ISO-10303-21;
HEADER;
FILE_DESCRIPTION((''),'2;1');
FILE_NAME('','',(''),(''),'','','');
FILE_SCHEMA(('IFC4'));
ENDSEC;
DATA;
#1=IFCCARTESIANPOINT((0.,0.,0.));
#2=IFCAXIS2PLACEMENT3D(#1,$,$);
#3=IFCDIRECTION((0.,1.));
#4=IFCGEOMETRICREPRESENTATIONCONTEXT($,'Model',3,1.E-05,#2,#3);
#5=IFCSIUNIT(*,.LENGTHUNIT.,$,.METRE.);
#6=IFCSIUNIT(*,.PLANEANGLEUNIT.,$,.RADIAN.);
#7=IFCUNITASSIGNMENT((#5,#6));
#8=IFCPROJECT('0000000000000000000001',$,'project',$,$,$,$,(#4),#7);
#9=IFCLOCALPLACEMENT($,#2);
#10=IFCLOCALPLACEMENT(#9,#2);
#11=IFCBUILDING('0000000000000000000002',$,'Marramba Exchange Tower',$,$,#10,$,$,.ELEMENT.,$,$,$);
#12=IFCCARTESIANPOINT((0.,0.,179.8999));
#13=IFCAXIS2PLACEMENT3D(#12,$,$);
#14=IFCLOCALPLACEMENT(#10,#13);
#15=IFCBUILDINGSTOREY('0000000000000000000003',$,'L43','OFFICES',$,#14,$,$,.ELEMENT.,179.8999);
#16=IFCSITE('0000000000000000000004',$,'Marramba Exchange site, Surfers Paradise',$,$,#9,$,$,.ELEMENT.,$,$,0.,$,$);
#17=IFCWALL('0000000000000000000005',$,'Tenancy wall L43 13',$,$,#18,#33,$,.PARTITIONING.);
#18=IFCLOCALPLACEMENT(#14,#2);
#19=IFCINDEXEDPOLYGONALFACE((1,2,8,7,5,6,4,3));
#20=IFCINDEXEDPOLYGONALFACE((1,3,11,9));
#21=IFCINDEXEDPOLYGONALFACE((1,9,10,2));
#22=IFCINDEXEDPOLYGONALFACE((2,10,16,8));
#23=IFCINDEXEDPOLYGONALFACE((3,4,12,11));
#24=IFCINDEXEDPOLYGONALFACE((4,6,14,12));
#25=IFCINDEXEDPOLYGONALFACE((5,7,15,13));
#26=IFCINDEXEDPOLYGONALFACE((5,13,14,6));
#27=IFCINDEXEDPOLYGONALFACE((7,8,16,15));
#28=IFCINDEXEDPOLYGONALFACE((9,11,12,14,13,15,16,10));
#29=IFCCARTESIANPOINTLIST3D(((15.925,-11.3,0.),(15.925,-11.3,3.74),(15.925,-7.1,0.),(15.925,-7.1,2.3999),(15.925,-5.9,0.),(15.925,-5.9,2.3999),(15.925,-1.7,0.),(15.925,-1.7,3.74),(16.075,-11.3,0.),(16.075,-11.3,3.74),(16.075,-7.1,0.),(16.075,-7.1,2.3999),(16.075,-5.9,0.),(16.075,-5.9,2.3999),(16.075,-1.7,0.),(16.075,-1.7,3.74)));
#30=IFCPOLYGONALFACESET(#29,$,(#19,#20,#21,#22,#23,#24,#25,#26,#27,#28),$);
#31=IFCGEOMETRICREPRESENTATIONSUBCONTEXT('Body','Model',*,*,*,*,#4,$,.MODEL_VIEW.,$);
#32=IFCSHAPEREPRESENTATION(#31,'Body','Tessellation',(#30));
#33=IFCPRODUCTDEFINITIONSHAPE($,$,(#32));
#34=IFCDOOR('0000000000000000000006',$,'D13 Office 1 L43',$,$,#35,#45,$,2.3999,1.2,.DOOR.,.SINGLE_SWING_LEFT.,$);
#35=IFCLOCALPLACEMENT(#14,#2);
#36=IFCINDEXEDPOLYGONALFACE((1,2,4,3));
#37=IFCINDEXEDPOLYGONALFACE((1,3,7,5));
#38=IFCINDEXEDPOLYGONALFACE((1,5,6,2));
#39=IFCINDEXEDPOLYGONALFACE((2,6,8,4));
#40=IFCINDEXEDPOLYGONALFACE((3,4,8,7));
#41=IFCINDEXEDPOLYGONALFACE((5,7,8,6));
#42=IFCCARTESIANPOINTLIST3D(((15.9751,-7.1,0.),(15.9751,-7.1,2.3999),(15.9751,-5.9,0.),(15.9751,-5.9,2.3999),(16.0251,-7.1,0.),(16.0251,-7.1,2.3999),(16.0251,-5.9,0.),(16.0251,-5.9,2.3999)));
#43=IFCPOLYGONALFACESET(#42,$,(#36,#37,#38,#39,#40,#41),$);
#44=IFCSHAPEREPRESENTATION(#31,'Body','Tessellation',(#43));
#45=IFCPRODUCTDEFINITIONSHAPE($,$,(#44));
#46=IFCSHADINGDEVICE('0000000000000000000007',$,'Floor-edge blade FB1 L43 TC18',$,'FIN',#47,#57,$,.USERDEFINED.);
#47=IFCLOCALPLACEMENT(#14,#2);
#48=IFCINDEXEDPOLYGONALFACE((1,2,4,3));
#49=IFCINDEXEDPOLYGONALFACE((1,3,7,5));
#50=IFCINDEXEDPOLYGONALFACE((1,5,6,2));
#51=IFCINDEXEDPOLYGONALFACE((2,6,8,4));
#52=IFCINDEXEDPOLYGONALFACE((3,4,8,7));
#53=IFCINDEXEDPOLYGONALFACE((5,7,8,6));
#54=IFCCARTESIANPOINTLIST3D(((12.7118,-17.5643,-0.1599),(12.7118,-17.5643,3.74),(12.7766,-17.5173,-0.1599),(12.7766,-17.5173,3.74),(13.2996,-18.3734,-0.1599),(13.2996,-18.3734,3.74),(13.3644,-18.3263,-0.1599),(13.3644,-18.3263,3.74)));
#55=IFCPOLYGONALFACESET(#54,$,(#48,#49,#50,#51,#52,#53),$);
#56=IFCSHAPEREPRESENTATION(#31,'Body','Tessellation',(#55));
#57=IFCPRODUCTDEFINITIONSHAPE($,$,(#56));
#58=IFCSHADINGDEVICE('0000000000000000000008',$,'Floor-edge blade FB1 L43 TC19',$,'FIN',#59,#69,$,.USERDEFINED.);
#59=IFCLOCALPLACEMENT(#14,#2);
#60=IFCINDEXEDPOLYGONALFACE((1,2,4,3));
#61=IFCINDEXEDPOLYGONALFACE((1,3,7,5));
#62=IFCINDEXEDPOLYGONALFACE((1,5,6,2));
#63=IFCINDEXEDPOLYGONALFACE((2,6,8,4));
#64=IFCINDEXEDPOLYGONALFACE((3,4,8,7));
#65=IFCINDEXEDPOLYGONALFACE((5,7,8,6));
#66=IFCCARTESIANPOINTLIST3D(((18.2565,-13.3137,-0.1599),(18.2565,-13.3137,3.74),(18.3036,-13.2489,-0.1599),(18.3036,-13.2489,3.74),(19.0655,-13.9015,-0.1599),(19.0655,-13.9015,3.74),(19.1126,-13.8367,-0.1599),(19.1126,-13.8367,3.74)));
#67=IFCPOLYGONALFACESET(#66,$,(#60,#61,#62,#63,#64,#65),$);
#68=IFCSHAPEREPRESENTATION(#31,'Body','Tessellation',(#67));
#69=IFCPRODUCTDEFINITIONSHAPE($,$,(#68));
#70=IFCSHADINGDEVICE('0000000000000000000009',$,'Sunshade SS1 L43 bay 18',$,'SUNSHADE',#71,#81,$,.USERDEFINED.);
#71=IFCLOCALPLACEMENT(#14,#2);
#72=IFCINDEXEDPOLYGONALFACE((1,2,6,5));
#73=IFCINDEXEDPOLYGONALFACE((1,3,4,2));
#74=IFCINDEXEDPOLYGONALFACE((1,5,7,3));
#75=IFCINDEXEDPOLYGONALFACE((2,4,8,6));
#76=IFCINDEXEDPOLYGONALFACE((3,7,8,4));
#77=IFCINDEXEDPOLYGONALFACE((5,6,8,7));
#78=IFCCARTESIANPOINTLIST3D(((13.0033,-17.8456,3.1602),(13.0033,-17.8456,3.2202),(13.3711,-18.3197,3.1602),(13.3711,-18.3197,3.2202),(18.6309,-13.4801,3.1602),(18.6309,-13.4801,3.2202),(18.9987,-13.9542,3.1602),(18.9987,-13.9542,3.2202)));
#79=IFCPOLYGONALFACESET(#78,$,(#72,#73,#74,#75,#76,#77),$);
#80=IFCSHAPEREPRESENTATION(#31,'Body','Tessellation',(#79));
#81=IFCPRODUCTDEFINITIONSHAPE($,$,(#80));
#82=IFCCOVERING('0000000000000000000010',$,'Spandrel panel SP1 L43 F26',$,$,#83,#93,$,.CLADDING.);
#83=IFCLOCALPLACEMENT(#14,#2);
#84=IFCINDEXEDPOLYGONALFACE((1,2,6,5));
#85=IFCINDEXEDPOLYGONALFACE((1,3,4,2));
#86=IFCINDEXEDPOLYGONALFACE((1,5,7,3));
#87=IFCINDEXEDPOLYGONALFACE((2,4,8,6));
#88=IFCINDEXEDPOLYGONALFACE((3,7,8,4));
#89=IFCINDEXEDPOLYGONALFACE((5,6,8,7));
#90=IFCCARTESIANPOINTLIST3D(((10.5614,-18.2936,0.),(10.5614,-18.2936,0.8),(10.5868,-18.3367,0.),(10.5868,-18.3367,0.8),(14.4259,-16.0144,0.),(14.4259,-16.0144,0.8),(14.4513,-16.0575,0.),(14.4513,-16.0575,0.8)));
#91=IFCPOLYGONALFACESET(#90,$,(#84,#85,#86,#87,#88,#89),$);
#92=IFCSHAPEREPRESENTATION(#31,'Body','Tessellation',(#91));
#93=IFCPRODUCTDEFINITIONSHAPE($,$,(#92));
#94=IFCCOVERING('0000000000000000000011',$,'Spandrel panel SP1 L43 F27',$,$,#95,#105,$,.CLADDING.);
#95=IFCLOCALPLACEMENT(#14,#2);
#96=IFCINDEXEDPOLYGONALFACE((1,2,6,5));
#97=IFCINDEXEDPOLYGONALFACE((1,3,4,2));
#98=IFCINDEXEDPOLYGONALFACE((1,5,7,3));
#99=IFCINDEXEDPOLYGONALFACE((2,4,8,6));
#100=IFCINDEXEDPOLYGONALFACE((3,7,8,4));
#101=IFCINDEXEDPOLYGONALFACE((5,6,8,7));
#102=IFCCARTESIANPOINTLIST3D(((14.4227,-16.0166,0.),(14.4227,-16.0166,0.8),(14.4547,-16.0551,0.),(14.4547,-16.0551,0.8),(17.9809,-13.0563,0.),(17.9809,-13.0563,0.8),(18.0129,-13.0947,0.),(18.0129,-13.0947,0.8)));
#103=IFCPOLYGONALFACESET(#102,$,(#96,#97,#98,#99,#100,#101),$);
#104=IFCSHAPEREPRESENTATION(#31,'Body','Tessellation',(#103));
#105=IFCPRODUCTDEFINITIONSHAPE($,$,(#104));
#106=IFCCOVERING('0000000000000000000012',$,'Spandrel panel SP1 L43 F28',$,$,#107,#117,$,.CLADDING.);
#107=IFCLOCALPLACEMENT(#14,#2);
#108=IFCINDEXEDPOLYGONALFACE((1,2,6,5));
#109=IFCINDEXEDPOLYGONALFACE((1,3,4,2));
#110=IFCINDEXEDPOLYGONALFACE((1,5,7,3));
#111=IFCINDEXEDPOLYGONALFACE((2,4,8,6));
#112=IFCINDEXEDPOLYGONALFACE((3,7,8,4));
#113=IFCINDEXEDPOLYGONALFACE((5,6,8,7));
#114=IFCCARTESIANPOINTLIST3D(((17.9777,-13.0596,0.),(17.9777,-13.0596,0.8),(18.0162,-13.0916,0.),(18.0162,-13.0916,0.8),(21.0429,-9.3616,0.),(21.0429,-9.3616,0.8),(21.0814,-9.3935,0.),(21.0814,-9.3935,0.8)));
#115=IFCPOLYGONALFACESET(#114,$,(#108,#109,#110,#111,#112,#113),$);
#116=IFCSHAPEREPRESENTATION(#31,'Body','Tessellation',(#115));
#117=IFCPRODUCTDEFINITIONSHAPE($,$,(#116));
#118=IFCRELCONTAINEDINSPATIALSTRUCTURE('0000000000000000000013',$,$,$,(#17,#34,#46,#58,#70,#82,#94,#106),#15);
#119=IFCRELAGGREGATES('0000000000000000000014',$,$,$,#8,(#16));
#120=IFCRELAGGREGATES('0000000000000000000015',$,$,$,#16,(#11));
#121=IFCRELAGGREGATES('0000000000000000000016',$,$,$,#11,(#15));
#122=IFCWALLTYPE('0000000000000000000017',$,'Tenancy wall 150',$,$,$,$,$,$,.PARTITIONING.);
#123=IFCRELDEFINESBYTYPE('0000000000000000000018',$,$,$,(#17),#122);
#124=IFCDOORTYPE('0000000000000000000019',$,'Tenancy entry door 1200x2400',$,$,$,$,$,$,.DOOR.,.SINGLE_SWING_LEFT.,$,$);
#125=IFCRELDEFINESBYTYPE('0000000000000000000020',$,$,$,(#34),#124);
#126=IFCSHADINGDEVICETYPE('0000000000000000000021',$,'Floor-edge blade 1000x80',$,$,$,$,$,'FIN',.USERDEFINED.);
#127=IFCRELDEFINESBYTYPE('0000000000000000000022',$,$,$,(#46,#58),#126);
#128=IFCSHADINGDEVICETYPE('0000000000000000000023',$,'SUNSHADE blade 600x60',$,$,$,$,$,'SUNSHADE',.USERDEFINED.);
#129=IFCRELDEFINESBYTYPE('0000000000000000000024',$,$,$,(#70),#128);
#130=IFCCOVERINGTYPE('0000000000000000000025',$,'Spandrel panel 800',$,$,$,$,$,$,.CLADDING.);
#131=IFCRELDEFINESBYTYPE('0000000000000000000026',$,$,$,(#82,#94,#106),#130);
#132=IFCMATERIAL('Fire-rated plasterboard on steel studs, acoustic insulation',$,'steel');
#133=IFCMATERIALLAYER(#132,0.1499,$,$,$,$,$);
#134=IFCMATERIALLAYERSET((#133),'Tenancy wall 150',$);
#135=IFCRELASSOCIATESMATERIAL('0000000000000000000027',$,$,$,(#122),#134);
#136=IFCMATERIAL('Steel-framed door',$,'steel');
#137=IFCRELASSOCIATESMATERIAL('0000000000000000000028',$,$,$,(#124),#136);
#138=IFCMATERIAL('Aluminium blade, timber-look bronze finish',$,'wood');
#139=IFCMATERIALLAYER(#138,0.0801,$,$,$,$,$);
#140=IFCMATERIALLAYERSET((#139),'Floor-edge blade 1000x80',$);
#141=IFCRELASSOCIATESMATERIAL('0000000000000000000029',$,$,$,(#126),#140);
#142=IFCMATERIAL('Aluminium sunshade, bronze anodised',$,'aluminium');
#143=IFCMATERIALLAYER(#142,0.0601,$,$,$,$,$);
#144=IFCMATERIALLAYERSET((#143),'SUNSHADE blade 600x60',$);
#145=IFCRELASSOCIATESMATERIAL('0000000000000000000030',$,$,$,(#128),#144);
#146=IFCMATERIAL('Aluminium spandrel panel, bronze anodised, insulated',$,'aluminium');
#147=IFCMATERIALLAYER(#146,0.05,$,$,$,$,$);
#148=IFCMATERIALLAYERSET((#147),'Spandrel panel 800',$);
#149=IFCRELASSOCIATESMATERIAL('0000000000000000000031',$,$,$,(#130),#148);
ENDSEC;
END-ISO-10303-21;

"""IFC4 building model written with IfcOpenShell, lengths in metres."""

from ifc_helpers import new_model, si_unit, direction, frame, frame_2d, origin, origin_2d, place, context, subcontext, project, spatial, rectangle, extrude, material, layer, layer_set, type_object, element, fill, save


model = new_model("IFC4")

# Units and contexts
model_context = context("Model", 3, precision=1e-05, world=origin(), true_north=direction((0.0, 1.0)))
body_context = subcontext(model_context, "Body", "Model", "MODEL_VIEW")
ifc_project = project(units=[si_unit("LENGTHUNIT", "METRE"), si_unit("PLANEANGLEUNIT", "RADIAN")], contexts=[model_context])

# Site, building, storey
site_placement = place(None, origin())
site = spatial("IfcSite", under=ifc_project, at=site_placement, Name="Marramba Exchange site, Surfers Paradise", CompositionType="ELEMENT", RefElevation=0.0)
building_placement = place(site_placement, origin())
building = spatial("IfcBuilding", under=site, at=building_placement, Name="Marramba Exchange Tower", CompositionType="ELEMENT")
storey_placement = place(building_placement, frame((0.0, 0.0, 179.8999)))
storey = spatial("IfcBuildingStorey", under=building, at=storey_placement, Name="L43", Description="OFFICES", CompositionType="ELEMENT", Elevation=179.8999)

# Wall, opening, door
ifc_material_1 = material(Name="Fire-rated plasterboard on steel studs, acoustic insulation", Category="steel")
ifc_layer_1 = layer(ifc_material_1, 0.1499)
ifc_layer_set_1 = layer_set([ifc_layer_1], Name="Tenancy wall 150")
wall_type_1 = type_object("IfcWallType", Name="Tenancy wall 150", PredefinedType="PARTITIONING", material=ifc_layer_set_1)
wall_1_placement = place(storey_placement, frame((16.0, -11.3, 0.0), z_axis=(0.0, 0.0, 1.0), x_axis=(0.0, 1.0, 0.0)))
wall_1 = element("IfcWall", 1, at=wall_1_placement, inside=storey, type_object=wall_type_1, Name="Tenancy wall L43 13", PredefinedType="PARTITIONING", context=body_context, shape_type="SweptSolid", body=[
    extrude(rectangle(XDim=9.6001, YDim=0.1499, at=frame_2d((4.8, 0.0))), origin(), (0.0, 0.0, 1.0), 3.74),
])
opening_1_placement = place(wall_1_placement, frame((4.2, 0.0, 0.0)))
opening_1 = element("IfcOpeningElement", 2, at=opening_1_placement, cuts=wall_1, PredefinedType="OPENING", context=body_context, shape_type="SweptSolid", body=[
    extrude(rectangle(XDim=1.2, YDim=2.3999, at=frame_2d((0.6001, 1.2))), frame((0.0, 0.085, 0.0), z_axis=(0.0, -1.0, 0.0), x_axis=(1.0, 0.0, 0.0)), (0.0, 0.0, 1.0), 0.1699),
])
ifc_material_2 = material(Name="Steel-framed door", Category="steel")
door_type_1 = type_object("IfcDoorType", Name="Tenancy entry door 1200x2400", OperationType="SINGLE_SWING_LEFT", PredefinedType="DOOR", material=ifc_material_2)
door_1_placement = place(opening_1_placement, origin())
door_1 = element("IfcDoor", 3, at=door_1_placement, inside=storey, type_object=door_type_1, Name="D13 Office 1 L43", OperationType="SINGLE_SWING_LEFT", OverallHeight=2.3999, OverallWidth=1.2, PredefinedType="DOOR", context=body_context, shape_type="SweptSolid", body=[
    extrude(rectangle(XDim=1.2, YDim=2.3999, at=frame_2d((0.6001, 1.2))), frame((0.0, 0.0249, 0.0), z_axis=(0.0, -1.0, 0.0), x_axis=(1.0, 0.0, 0.0)), (0.0, 0.0, 1.0), 0.05),
])
fill(opening_1, door_1)

# Shading devices
ifc_material_3 = material(Name="Aluminium blade, timber-look bronze finish", Category="wood")
ifc_layer_2 = layer(ifc_material_3, 0.0801)
ifc_layer_set_2 = layer_set([ifc_layer_2], Name="Floor-edge blade 1000x80")
shading_device_type_1 = type_object("IfcShadingDeviceType", Name="Floor-edge blade 1000x80", ElementType="FIN", PredefinedType="USERDEFINED", material=ifc_layer_set_2)
for number, where, z_axis, x_axis, name in (
    (4, (13.0381, -17.9453, -0.1599), (0.0, 0.0, 1.0), (0.587785, -0.809017, 0.0), "Floor-edge blade FB1 L43 TC18"),
    (5, (18.6846, -13.5752, -0.1599), (0.0, 0.0, 1.0), (0.809017, -0.587785, 0.0), "Floor-edge blade FB1 L43 TC19"),
):
    element("IfcShadingDevice", number, at=place(storey_placement, frame(where, z_axis=z_axis, x_axis=x_axis)), inside=storey, type_object=shading_device_type_1, Name=name, ObjectType="FIN", PredefinedType="USERDEFINED", context=body_context, shape_type="SweptSolid", body=[
        extrude(rectangle(XDim=1.0, YDim=0.0801, at=origin_2d()), origin(), (0.0, 0.0, 1.0), 3.8999),
    ])
ifc_material_4 = material(Name="Aluminium sunshade, bronze anodised", Category="aluminium")
ifc_layer_3 = layer(ifc_material_4, 0.0601)
ifc_layer_set_3 = layer_set([ifc_layer_3], Name="SUNSHADE blade 600x60")
shading_device_type_2 = type_object("IfcShadingDeviceType", Name="SUNSHADE blade 600x60", ElementType="SUNSHADE", PredefinedType="USERDEFINED", material=ifc_layer_set_3)
shading_device_placement = place(storey_placement, frame((16.001, -15.8999, 3.1602), z_axis=(0.0, 0.0, 1.0), x_axis=(0.790133, 0.612935, 0.0)))
element("IfcShadingDevice", 6, at=shading_device_placement, inside=storey, type_object=shading_device_type_2, Name="Sunshade SS1 L43 bay 18", ObjectType="SUNSHADE", PredefinedType="USERDEFINED", context=body_context, shape_type="SweptSolid", body=[
    extrude(rectangle(XDim=7.1223, YDim=0.6001, at=origin_2d()), origin(), (0.0, 0.0, 1.0), 0.0601),
])

# Coverings
ifc_material_5 = material(Name="Aluminium spandrel panel, bronze anodised, insulated", Category="aluminium")
ifc_layer_4 = layer(ifc_material_5, 0.05)
ifc_layer_set_4 = layer_set([ifc_layer_4], Name="Spandrel panel 800")
covering_type = type_object("IfcCoveringType", Name="Spandrel panel 800", PredefinedType="CLADDING", material=ifc_layer_set_4)
covering_1_placement = place(storey_placement, frame((12.5063, -17.1755, 0.0), z_axis=(0.0, 0.0, 1.0), x_axis=(0.861351, 0.508011, 0.0)))
element("IfcCovering", 7, at=covering_1_placement, inside=storey, type_object=covering_type, Name="Spandrel panel SP1 L43 F26", PredefinedType="CLADDING", context=body_context, shape_type="SweptSolid", body=[
    extrude(rectangle(XDim=4.4866, YDim=0.05, at=origin_2d()), origin(), (0.0, 0.0, 1.0), 0.8),
])
covering_2_placement = place(storey_placement, frame((16.2178, -14.5557, 0.0), z_axis=(0.0, 0.0, 1.0), x_axis=(0.768737, 0.639565, 0.0)))
element("IfcCovering", 8, at=covering_2_placement, inside=storey, type_object=covering_type, Name="Spandrel panel SP1 L43 F27", PredefinedType="CLADDING", context=body_context, shape_type="SweptSolid", body=[
    extrude(rectangle(XDim=4.6287, YDim=0.05, at=origin_2d()), origin(), (0.0, 0.0, 1.0), 0.8),
])
covering_3_placement = place(storey_placement, frame((19.5295, -11.2266, 0.0), z_axis=(0.0, 0.0, 1.0), x_axis=(0.63815, 0.769912, 0.0)))
element("IfcCovering", 9, at=covering_3_placement, inside=storey, type_object=covering_type, Name="Spandrel panel SP1 L43 F28", PredefinedType="CLADDING", context=body_context, shape_type="SweptSolid", body=[
    extrude(rectangle(XDim=4.8032, YDim=0.05, at=origin_2d()), origin(), (0.0, 0.0, 1.0), 0.8),
])

save(model, "model.ifc")
